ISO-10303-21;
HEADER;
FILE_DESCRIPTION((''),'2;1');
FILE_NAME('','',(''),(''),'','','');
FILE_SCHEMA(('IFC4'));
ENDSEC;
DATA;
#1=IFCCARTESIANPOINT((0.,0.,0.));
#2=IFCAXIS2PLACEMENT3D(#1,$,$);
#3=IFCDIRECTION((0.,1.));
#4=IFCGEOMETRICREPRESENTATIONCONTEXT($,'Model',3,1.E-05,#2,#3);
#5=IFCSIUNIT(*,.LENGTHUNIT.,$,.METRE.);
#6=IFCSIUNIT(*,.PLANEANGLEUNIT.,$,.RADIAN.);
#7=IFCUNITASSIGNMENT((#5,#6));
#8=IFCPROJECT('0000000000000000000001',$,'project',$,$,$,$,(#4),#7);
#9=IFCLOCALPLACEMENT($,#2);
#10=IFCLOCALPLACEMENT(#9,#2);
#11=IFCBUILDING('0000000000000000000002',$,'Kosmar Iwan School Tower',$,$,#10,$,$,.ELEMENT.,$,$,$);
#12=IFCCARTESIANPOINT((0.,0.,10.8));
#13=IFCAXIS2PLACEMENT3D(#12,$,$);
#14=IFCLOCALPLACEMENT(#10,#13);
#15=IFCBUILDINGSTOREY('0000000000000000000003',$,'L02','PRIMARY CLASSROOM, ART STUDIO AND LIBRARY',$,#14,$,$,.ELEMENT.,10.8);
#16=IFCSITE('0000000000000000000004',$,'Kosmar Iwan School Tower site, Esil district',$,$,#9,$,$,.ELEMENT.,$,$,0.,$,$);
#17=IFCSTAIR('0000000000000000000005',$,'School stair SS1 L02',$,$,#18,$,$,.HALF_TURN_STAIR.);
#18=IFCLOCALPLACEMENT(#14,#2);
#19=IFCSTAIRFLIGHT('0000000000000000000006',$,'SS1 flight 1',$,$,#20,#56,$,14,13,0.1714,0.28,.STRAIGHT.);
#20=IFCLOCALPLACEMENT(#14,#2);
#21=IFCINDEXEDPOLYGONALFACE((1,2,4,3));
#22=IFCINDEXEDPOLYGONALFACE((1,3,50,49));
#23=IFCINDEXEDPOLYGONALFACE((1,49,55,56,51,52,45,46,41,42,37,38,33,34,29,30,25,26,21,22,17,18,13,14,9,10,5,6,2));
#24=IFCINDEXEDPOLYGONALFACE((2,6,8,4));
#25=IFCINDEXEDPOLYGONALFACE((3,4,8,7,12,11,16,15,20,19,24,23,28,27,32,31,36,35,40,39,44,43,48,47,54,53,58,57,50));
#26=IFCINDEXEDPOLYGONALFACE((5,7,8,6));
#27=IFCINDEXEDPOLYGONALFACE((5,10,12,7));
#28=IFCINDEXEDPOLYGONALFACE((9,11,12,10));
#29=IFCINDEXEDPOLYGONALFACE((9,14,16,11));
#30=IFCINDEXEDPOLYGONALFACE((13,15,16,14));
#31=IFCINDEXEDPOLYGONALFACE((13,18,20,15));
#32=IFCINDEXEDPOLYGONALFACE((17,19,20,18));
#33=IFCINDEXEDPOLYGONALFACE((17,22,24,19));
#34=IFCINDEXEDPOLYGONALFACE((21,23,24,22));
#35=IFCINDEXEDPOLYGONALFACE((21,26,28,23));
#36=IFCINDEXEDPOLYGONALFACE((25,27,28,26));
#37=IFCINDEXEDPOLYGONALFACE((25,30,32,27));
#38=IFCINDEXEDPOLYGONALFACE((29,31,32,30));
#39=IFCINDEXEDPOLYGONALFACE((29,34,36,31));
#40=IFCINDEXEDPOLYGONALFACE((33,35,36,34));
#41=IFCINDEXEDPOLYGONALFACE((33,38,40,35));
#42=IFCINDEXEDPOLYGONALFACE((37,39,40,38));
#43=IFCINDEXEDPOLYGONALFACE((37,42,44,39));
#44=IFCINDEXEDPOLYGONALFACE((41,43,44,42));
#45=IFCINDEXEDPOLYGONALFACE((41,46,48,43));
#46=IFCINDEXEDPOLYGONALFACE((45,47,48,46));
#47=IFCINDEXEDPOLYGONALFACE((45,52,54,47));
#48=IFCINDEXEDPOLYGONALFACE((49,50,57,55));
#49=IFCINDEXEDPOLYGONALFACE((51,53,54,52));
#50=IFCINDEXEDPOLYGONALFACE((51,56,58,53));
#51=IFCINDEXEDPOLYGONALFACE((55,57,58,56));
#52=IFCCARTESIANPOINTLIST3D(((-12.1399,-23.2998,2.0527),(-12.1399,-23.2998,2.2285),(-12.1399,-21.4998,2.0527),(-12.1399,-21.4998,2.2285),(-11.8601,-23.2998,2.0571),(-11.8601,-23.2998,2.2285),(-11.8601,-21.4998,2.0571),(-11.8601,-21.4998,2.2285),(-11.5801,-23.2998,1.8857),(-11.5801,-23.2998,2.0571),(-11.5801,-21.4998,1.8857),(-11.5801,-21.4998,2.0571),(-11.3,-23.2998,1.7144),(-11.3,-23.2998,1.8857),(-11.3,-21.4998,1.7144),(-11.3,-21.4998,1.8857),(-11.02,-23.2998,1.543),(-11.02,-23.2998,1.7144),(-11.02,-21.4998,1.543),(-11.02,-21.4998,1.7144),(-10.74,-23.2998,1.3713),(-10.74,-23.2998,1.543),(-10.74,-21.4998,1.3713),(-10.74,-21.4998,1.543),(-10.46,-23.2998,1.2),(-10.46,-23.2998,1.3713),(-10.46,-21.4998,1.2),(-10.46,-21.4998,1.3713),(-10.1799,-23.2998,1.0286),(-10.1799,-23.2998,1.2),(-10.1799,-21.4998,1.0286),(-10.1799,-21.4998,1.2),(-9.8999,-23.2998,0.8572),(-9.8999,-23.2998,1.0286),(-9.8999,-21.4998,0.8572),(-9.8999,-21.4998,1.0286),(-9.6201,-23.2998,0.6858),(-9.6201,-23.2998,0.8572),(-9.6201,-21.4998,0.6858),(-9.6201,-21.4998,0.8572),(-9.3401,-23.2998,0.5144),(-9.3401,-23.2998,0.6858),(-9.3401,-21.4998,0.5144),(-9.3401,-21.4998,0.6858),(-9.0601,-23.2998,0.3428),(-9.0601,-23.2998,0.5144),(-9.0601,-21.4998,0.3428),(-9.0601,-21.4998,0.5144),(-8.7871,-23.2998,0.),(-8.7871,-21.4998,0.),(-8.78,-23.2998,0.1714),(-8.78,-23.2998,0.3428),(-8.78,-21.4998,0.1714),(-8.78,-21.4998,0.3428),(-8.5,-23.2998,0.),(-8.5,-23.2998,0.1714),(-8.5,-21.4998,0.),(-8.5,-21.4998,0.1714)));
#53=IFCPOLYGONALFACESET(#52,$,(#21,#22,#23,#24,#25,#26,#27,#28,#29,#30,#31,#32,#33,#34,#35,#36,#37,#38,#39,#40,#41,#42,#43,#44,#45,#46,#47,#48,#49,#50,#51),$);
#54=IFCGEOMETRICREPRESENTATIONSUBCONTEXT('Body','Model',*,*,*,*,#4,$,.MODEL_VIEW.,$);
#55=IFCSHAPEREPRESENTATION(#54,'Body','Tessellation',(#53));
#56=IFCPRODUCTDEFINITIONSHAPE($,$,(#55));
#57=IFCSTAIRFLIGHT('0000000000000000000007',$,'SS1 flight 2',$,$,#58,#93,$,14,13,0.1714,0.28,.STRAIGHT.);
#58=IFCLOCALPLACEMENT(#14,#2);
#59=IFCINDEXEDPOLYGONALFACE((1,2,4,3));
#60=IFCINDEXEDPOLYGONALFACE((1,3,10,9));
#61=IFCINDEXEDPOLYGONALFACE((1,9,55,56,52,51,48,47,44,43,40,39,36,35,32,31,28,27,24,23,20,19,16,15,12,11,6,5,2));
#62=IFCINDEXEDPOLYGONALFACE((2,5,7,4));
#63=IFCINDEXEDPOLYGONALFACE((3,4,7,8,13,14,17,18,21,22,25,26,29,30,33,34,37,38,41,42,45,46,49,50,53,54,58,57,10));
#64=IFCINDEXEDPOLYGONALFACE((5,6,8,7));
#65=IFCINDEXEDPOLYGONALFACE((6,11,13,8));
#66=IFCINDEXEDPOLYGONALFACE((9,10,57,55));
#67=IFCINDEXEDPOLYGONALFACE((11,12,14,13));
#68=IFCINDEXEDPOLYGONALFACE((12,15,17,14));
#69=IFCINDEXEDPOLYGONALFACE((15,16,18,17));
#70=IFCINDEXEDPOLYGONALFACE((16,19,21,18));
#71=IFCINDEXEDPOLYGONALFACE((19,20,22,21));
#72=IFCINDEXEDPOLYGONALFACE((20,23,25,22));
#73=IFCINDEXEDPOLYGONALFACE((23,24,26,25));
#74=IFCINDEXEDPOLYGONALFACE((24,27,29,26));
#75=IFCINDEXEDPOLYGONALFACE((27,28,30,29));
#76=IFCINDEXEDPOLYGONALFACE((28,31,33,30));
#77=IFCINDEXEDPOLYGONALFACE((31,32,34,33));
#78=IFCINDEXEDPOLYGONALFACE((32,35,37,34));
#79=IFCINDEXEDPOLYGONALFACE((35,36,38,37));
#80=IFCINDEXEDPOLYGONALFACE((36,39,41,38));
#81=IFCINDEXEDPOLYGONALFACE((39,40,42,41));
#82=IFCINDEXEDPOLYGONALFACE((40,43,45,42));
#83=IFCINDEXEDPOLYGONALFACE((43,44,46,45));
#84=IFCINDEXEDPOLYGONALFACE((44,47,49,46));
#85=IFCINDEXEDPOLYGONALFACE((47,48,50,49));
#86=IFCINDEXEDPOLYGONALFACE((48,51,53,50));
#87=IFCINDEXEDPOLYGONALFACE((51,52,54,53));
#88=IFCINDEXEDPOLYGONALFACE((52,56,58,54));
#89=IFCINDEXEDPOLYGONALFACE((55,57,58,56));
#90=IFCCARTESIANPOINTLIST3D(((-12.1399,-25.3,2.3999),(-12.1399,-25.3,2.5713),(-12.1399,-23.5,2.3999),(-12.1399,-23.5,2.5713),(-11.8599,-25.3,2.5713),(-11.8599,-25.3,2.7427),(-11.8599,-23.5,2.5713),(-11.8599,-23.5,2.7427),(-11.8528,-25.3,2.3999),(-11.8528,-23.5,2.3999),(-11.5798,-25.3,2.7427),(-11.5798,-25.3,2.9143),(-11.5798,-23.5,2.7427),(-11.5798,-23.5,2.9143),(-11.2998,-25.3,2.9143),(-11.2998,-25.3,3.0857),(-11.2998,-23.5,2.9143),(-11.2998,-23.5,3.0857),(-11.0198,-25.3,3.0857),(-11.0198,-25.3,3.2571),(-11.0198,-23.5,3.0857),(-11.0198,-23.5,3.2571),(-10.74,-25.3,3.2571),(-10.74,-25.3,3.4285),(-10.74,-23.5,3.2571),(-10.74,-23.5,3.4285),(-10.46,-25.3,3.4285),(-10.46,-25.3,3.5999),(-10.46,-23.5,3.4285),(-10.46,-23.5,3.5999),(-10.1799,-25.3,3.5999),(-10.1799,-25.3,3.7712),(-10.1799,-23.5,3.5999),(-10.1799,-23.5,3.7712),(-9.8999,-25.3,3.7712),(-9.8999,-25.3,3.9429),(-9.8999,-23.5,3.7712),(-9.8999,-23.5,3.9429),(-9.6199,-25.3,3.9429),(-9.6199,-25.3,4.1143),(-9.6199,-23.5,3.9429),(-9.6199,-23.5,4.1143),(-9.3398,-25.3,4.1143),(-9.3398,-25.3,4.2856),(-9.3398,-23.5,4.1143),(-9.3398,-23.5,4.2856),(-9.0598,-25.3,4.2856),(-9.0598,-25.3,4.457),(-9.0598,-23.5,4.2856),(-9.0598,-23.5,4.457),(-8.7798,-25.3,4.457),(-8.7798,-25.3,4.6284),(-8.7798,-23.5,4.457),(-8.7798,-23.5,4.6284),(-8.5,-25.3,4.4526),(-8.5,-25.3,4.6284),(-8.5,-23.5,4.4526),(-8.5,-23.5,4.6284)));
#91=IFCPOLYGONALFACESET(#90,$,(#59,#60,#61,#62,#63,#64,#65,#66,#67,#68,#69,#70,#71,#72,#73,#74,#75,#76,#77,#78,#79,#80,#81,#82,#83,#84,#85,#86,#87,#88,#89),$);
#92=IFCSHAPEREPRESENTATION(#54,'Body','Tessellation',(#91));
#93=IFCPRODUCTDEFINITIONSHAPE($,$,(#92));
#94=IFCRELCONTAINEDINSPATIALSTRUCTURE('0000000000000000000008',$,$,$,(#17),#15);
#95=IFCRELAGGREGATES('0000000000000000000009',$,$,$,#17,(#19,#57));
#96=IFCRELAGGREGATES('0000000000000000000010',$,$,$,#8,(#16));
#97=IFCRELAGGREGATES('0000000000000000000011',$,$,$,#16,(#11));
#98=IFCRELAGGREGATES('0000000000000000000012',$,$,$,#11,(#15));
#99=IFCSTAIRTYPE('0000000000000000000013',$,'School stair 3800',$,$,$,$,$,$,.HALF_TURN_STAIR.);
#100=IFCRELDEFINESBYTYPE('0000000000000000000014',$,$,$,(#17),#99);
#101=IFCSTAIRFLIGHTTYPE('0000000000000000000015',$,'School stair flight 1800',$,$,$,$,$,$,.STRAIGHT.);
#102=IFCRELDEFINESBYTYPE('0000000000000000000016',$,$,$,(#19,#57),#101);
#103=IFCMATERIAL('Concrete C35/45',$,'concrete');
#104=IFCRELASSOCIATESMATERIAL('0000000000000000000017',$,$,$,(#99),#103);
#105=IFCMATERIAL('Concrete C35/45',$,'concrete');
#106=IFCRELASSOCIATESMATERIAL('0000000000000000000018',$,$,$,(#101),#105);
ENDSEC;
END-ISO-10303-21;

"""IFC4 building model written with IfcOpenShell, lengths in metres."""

from ifc_helpers import new_model, si_unit, direction, frame, origin, place, context, subcontext, project, spatial, polyline, outline, extrude, material, type_object, element, aggregate, save


model = new_model("IFC4")

# Units and contexts
model_context = context("Model", 3, precision=1e-05, world=origin(), true_north=direction((0.0, 1.0)))
body_context = subcontext(model_context, "Body", "Model", "MODEL_VIEW")
ifc_project = project(units=[si_unit("LENGTHUNIT", "METRE"), si_unit("PLANEANGLEUNIT", "RADIAN")], contexts=[model_context])

# Site, building, storey
site_placement = place(None, origin())
site = spatial("IfcSite", under=ifc_project, at=site_placement, Name="Kosmar Iwan School Tower site, Esil district", CompositionType="ELEMENT", RefElevation=0.0)
building_placement = place(site_placement, origin())
building = spatial("IfcBuilding", under=site, at=building_placement, Name="Kosmar Iwan School Tower", CompositionType="ELEMENT")
storey_placement = place(building_placement, frame((0.0, 0.0, 10.8)))
storey = spatial("IfcBuildingStorey", under=building, at=storey_placement, Name="L02", Description="PRIMARY CLASSROOM, ART STUDIO AND LIBRARY", CompositionType="ELEMENT", Elevation=10.8)

# Stair, stair flights
ifc_material_1 = material(Name="Concrete C35/45", Category="concrete")
stair_type = type_object("IfcStairType", Name="School stair 3800", PredefinedType="HALF_TURN_STAIR", material=ifc_material_1)
stair_placement = place(storey_placement, origin())
stair = element("IfcStair", 1, at=stair_placement, inside=storey, type_object=stair_type, Name="School stair SS1 L02", PredefinedType="HALF_TURN_STAIR")
ifc_material_2 = material(Name="Concrete C35/45", Category="concrete")
stair_flight_type = type_object("IfcStairFlightType", Name="School stair flight 1800", PredefinedType="STRAIGHT", material=ifc_material_2)
stair_flight_1_placement = place(storey_placement, frame((-8.5, -22.3999, 0.0), z_axis=(0.0, 0.0, 1.0), x_axis=(-1.0, 0.0, 0.0)))
stair_flight_1 = element("IfcStairFlight", 2, at=stair_flight_1_placement, type_object=stair_flight_type, Name="SS1 flight 1", NumberOfRisers=14, NumberOfTreads=13, PredefinedType="STRAIGHT", RiserHeight=0.1714, TreadLength=0.28, context=body_context, shape_type="SweptSolid", body=[
    extrude(outline(polyline([(0.0, 0.0), (0.0, 0.1714), (0.28, 0.1714), (0.28, 0.3428), (0.5601, 0.3428), (0.5601, 0.5144), (0.8401, 0.5144), (0.8401, 0.6858), (1.1201, 0.6858), (1.1201, 0.8572), (1.3999, 0.8572), (1.3999, 1.0286), (1.6799, 1.0286), (1.6799, 1.2), (1.96, 1.2), (1.96, 1.3713), (2.24, 1.3713), (2.24, 1.543), (2.52, 1.543), (2.52, 1.7144), (2.8, 1.7144), (2.8, 1.8857), (3.0801, 1.8857), (3.0801, 2.0571), (3.3601, 2.0571), (3.3601, 2.2285), (3.6399, 2.2285), (3.6399, 2.3999), (3.6399, 2.0527), (0.2871, 0.0), (0.0, 0.0)])), frame((0.0, 0.8999, 0.0), z_axis=(0.0, -1.0, 0.0), x_axis=(1.0, 0.0, 0.0)), (0.0, 0.0, 1.0), 1.8),
])
stair_flight_2_placement = place(storey_placement, frame((-12.1399, -24.3999, 2.3999), z_axis=(0.0, 0.0, 1.0), x_axis=(1.0, 0.0, 0.0)))
stair_flight_2 = element("IfcStairFlight", 3, at=stair_flight_2_placement, type_object=stair_flight_type, Name="SS1 flight 2", NumberOfRisers=14, NumberOfTreads=13, PredefinedType="STRAIGHT", RiserHeight=0.1714, TreadLength=0.28, context=body_context, shape_type="SweptSolid", body=[
    extrude(outline(polyline([(0.0, 0.0), (0.0, 0.1714), (0.28, 0.1714), (0.28, 0.3428), (0.5601, 0.3428), (0.5601, 0.5144), (0.8401, 0.5144), (0.8401, 0.6858), (1.1201, 0.6858), (1.1201, 0.8572), (1.3999, 0.8572), (1.3999, 1.0286), (1.6799, 1.0286), (1.6799, 1.2), (1.96, 1.2), (1.96, 1.3713), (2.24, 1.3713), (2.24, 1.543), (2.52, 1.543), (2.52, 1.7144), (2.8, 1.7144), (2.8, 1.8857), (3.0801, 1.8857), (3.0801, 2.0571), (3.3601, 2.0571), (3.3601, 2.2285), (3.6399, 2.2285), (3.6399, 2.3999), (3.6399, 2.0527), (0.2871, 0.0), (0.0, 0.0)])), frame((0.0, 0.8999, 0.0), z_axis=(0.0, -1.0, 0.0), x_axis=(1.0, 0.0, 0.0)), (0.0, 0.0, 1.0), 1.8),
])
aggregate(stair, [stair_flight_1, stair_flight_2])

save(model, "model.ifc")
